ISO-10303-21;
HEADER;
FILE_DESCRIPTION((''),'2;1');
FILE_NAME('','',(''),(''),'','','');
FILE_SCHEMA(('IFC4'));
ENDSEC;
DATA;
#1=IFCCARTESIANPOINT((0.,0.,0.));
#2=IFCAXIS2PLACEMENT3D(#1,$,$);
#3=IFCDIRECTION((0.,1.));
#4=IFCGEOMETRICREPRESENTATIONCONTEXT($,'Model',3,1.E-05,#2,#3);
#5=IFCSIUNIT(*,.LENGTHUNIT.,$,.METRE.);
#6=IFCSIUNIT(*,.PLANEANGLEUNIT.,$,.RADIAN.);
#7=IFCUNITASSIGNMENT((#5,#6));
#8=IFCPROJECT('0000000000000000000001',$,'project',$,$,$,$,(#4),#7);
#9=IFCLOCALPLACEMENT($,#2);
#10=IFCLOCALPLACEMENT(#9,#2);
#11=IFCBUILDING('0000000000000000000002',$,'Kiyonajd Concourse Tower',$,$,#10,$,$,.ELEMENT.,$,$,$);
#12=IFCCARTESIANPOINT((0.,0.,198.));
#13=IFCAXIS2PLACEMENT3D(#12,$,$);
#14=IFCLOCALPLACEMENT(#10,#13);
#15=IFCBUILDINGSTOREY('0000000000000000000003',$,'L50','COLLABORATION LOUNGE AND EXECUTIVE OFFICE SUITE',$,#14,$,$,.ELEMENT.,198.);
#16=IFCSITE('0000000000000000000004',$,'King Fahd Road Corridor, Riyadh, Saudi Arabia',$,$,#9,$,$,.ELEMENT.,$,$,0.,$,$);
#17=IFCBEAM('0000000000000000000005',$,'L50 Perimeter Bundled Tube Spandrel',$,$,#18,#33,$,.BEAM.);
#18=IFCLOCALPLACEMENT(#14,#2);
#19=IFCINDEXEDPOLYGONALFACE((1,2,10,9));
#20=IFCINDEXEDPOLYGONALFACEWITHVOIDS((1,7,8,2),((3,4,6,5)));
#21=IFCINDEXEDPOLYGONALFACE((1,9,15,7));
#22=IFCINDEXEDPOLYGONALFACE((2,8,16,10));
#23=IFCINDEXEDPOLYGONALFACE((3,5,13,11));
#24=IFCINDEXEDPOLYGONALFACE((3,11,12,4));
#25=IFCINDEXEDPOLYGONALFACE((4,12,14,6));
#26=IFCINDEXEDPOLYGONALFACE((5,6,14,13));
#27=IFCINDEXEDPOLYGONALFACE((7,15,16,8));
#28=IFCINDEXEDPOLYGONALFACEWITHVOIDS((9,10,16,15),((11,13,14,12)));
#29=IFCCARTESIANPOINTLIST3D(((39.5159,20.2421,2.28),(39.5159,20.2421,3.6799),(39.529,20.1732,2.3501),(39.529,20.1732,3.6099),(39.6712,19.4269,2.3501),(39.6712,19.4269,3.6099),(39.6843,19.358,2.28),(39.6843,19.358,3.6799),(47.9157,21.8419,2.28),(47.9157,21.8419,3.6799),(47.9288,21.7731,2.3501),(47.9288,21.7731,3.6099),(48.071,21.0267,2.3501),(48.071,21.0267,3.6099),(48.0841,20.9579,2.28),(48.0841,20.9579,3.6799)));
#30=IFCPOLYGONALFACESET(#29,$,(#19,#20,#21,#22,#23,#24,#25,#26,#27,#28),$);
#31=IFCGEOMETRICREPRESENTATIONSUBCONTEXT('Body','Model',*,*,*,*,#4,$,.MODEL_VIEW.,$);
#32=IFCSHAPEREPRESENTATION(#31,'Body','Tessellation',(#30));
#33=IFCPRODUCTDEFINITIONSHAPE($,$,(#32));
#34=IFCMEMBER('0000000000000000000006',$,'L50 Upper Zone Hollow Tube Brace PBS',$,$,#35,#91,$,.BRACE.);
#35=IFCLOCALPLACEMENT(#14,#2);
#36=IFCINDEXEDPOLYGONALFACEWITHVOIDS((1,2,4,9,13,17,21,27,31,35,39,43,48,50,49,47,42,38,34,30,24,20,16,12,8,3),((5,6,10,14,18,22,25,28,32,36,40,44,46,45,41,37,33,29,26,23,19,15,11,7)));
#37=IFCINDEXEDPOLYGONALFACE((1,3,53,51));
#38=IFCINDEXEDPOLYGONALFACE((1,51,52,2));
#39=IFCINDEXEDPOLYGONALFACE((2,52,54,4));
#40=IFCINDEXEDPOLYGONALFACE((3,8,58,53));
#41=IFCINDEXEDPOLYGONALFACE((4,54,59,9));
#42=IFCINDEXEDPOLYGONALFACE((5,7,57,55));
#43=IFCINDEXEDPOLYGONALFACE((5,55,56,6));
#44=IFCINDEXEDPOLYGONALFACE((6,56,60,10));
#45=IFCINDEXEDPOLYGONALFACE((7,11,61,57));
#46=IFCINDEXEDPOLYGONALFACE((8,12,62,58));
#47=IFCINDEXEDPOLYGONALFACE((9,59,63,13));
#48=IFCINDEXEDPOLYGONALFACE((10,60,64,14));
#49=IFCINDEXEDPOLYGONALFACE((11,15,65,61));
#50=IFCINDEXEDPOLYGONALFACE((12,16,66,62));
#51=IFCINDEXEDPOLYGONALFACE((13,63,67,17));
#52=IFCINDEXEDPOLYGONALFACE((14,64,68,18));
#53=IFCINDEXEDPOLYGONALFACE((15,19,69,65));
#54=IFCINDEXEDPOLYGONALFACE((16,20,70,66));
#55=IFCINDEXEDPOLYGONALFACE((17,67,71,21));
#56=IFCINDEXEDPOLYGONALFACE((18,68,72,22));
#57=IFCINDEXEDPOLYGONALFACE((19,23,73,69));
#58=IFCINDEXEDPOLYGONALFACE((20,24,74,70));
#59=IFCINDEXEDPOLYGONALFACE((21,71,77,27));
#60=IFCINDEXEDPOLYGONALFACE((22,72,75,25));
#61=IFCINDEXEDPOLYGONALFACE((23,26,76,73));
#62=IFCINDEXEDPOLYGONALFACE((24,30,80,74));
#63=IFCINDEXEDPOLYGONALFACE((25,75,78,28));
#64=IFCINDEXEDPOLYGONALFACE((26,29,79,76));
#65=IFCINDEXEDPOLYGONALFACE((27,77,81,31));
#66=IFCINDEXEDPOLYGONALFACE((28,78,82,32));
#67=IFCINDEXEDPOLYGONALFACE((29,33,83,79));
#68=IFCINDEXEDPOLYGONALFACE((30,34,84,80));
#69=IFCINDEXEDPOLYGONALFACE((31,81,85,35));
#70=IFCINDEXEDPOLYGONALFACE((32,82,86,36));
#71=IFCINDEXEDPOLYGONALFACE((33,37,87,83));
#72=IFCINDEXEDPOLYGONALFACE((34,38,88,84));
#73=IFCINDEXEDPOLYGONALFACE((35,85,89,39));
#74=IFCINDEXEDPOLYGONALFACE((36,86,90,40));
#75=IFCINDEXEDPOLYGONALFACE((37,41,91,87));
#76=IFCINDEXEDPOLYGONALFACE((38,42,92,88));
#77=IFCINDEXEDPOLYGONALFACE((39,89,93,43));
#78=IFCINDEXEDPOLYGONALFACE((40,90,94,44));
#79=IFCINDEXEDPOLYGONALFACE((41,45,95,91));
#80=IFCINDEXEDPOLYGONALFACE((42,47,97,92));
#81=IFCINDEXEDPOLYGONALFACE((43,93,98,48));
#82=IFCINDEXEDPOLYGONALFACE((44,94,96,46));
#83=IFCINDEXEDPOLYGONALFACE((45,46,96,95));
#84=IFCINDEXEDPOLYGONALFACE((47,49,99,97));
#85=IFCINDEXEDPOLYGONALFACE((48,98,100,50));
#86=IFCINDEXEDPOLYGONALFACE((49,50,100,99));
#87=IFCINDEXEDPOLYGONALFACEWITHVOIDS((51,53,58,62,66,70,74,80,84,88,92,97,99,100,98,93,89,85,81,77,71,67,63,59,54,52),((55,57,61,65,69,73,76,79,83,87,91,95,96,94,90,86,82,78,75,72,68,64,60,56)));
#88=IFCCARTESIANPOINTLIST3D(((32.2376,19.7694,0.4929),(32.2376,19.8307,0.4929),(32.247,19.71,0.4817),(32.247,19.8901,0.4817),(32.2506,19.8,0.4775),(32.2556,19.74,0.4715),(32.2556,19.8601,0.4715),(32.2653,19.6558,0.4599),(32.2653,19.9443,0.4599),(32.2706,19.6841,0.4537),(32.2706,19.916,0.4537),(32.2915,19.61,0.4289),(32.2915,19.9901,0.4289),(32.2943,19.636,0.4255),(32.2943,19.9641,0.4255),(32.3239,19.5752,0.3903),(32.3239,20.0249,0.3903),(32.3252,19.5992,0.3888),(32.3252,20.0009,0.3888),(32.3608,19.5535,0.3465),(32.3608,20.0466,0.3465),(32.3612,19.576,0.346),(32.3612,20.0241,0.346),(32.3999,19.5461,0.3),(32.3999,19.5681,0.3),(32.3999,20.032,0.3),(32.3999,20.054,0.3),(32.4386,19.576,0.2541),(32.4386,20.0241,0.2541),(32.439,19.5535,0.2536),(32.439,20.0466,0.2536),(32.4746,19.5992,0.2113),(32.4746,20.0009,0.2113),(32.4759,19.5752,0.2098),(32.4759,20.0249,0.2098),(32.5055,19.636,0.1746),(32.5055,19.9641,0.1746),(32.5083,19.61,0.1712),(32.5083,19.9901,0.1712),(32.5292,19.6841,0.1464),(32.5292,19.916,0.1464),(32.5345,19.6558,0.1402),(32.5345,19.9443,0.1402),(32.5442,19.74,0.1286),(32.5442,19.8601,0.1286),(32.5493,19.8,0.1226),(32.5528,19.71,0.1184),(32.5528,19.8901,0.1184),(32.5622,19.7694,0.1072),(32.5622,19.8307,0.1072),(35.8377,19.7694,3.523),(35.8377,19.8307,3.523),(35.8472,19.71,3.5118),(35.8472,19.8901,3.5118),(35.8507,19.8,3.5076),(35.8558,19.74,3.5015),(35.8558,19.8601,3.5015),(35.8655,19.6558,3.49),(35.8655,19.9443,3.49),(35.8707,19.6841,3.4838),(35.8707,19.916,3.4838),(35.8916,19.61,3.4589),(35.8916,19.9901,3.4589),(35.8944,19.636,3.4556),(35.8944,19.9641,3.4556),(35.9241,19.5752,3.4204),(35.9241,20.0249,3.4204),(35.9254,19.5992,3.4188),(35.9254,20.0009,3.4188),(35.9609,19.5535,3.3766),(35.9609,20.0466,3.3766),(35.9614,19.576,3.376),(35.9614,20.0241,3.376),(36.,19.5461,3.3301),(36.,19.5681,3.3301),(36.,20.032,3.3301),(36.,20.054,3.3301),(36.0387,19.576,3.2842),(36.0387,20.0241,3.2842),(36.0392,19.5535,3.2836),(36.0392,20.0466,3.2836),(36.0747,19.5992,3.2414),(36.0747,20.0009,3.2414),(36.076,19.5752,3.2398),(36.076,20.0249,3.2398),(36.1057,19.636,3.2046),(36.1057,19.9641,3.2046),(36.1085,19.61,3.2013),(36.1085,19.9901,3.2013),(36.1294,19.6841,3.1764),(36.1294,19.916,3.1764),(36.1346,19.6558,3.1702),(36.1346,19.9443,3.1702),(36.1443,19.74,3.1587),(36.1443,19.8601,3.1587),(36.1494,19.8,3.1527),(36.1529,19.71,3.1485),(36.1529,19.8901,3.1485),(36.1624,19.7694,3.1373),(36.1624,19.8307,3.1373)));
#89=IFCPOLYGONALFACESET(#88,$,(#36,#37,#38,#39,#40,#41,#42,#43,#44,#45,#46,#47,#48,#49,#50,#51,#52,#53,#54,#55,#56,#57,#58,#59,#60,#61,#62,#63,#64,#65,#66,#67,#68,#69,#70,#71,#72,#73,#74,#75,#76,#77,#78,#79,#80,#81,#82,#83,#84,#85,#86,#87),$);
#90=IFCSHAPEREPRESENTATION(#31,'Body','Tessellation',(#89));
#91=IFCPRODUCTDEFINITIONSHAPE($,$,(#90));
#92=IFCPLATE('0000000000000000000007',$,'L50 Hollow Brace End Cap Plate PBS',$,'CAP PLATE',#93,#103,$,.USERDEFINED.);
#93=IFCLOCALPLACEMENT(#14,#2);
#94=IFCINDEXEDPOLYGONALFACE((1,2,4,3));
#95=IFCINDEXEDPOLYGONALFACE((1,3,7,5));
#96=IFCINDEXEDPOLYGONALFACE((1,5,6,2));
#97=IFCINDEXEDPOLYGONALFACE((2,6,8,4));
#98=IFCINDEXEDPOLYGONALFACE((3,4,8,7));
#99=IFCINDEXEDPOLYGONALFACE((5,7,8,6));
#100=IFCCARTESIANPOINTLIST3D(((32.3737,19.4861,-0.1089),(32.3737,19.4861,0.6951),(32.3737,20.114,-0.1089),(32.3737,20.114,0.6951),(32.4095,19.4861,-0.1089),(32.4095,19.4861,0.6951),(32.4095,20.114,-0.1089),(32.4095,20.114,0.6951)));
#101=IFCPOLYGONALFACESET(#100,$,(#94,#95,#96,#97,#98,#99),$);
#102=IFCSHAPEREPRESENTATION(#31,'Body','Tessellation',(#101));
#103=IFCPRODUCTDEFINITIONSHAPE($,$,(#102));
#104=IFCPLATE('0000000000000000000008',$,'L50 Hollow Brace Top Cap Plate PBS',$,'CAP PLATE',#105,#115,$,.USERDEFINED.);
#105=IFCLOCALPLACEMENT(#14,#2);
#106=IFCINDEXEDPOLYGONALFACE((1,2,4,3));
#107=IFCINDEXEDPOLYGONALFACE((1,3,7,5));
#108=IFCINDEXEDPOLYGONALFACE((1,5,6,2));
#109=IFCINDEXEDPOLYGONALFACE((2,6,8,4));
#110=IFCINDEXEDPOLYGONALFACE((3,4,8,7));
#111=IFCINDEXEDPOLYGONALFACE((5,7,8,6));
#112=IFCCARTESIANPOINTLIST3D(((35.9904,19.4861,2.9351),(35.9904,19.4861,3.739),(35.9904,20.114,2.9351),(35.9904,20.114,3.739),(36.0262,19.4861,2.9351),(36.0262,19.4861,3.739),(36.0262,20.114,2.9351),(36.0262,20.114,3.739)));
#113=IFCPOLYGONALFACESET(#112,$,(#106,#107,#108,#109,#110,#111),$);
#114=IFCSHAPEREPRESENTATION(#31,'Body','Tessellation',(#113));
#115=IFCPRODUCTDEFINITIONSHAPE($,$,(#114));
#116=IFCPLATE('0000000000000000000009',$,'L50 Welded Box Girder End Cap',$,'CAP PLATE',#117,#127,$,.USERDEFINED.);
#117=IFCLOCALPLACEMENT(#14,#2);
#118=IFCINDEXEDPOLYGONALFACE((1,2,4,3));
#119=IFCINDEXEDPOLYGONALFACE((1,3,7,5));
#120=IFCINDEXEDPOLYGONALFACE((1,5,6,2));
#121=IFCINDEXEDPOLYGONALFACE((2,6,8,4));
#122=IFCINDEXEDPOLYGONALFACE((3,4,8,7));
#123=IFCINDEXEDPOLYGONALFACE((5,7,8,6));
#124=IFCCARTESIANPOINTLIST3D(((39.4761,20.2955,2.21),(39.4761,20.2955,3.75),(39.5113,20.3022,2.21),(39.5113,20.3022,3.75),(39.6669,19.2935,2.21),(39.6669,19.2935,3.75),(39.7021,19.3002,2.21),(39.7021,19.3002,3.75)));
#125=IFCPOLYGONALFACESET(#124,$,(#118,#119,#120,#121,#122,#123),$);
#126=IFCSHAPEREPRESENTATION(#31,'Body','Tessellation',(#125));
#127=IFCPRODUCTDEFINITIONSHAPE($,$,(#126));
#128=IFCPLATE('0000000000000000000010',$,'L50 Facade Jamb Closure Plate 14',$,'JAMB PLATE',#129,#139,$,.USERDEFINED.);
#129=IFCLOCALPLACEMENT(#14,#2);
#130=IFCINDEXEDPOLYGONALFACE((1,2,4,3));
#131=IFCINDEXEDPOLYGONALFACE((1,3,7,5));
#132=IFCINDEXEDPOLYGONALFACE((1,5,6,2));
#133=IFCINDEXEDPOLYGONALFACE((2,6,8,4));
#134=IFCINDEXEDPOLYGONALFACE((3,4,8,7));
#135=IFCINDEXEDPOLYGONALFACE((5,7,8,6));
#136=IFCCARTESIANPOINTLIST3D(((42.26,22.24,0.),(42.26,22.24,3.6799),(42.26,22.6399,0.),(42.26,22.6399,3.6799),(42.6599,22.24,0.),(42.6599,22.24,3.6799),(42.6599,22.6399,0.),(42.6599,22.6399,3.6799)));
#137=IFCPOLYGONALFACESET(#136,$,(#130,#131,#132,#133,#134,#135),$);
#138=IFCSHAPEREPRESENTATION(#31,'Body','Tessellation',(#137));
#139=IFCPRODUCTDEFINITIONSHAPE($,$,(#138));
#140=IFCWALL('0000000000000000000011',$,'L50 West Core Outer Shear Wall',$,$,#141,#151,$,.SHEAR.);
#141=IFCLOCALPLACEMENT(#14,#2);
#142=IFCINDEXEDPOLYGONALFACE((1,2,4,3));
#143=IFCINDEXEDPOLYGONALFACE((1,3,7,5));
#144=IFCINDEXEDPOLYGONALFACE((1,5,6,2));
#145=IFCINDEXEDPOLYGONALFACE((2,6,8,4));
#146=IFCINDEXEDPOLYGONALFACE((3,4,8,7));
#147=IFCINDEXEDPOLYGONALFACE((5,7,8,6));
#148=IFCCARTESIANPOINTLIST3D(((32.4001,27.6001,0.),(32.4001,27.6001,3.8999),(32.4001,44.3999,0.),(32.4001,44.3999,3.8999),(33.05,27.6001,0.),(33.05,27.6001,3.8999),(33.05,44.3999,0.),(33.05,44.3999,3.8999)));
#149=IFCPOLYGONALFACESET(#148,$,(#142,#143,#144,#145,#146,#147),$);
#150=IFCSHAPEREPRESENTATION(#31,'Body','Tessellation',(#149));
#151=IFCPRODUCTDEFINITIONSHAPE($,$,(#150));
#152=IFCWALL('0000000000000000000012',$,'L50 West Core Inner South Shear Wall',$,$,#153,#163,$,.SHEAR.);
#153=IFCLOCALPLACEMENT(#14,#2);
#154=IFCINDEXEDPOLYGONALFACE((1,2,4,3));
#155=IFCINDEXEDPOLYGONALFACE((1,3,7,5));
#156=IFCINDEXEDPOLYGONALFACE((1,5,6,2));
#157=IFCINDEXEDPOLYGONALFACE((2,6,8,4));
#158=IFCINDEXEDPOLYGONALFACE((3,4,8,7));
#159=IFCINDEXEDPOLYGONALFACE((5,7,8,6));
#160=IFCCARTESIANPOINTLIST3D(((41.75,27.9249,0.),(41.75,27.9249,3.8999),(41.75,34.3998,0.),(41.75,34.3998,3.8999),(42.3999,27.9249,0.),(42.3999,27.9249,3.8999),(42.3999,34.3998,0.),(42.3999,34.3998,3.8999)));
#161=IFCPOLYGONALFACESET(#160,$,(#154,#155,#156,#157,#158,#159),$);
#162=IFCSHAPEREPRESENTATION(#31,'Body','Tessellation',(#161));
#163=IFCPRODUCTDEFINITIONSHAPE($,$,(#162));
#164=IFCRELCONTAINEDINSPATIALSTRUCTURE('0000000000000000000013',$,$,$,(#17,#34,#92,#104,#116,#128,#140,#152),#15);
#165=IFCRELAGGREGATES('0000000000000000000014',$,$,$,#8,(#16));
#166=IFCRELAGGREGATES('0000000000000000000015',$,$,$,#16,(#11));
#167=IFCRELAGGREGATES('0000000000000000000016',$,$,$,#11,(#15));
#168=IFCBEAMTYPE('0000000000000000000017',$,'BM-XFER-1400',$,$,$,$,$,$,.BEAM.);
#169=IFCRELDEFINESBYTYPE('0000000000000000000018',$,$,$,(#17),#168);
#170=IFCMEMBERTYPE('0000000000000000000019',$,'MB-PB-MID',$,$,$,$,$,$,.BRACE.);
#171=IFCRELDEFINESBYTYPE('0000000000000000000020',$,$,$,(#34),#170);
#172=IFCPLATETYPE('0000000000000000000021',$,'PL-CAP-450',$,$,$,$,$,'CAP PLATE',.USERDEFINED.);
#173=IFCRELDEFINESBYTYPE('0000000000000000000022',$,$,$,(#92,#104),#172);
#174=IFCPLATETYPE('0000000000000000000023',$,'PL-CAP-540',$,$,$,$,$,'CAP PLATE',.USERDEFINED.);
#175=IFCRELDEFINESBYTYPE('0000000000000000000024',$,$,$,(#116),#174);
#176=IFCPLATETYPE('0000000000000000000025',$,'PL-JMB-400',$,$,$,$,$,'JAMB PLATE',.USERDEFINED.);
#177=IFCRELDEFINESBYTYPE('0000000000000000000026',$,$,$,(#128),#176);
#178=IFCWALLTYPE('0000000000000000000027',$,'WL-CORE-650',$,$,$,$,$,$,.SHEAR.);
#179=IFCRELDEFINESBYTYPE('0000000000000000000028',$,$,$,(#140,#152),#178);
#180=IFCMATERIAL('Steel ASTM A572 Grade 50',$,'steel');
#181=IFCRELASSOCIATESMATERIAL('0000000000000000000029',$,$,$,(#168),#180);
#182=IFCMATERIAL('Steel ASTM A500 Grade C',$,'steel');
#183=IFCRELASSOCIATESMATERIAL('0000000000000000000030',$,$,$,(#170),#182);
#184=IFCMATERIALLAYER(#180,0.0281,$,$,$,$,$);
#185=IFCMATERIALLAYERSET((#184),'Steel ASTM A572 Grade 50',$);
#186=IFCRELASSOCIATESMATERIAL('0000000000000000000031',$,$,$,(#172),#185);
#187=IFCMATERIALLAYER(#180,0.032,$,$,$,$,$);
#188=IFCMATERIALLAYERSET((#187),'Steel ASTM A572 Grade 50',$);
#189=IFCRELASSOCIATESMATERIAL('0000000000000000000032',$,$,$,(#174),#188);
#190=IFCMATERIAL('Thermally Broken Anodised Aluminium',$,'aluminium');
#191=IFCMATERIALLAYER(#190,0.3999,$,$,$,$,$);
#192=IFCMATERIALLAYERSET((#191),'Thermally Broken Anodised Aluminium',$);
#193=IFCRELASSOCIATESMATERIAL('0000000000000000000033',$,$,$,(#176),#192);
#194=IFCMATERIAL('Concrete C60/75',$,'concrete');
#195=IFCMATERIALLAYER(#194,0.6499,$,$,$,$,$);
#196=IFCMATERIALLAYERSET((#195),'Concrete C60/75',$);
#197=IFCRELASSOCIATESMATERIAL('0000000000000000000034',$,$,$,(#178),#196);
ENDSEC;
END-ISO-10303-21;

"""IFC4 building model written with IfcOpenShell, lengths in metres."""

from ifc_helpers import new_model, si_unit, direction, frame, frame_2d, origin, origin_2d, place, context, subcontext, project, spatial, rectangle, hollow_rectangle, hollow_circle, extrude, material, layer, layer_set, material_profile, profile_set, type_object, element, save


model = new_model("IFC4")

# Units and contexts
model_context = context("Model", 3, precision=1e-05, world=origin(), true_north=direction((0.0, 1.0)))
body_context = subcontext(model_context, "Body", "Model", "MODEL_VIEW")
ifc_project = project(units=[si_unit("LENGTHUNIT", "METRE"), si_unit("PLANEANGLEUNIT", "RADIAN")], contexts=[model_context])

# Site, building, storey
site_placement = place(None, origin())
site = spatial("IfcSite", under=ifc_project, at=site_placement, Name="King Fahd Road Corridor, Riyadh, Saudi Arabia", CompositionType="ELEMENT", RefElevation=0.0)
building_placement = place(site_placement, origin())
building = spatial("IfcBuilding", under=site, at=building_placement, Name="Kiyonajd Concourse Tower", CompositionType="ELEMENT")
storey_placement = place(building_placement, frame((0.0, 0.0, 198.0)))
storey = spatial("IfcBuildingStorey", under=building, at=storey_placement, Name="L50", Description="COLLABORATION LOUNGE AND EXECUTIVE OFFICE SUITE", CompositionType="ELEMENT", Elevation=198.0)

# Beam
ifc_material_1 = material(Name="Concrete C60/75", Category="concrete")
ifc_material_2 = material(Name="Steel ASTM A572 Grade 50", Category="steel")
ifc_material_profile_1 = material_profile(ifc_material_2, hollow_rectangle(XDim=0.8999, YDim=1.3999, WallThickness=0.0701, at=origin_2d()), Name="BOX-1400x900x70")
ifc_profile_set_1 = profile_set([ifc_material_profile_1], Name="Steel ASTM A572 Grade 50")
beam_type_1 = type_object("IfcBeamType", Name="BM-XFER-1400", PredefinedType="BEAM", material=ifc_profile_set_1)
beam_1_placement = place(storey_placement, frame((39.6001, 19.8, 2.98), z_axis=(0.982341, 0.187098, 0.0), x_axis=(-0.187098, 0.982341, 0.0)))
element("IfcBeam", 1, at=beam_1_placement, inside=storey, type_object=beam_type_1, Name="L50 Perimeter Bundled Tube Spandrel", PredefinedType="BEAM", context=body_context, shape_type="SweptSolid", body=[
    extrude(hollow_rectangle(XDim=0.8999, YDim=1.3999, WallThickness=0.0701, at=origin_2d()), origin(), (0.0, 0.0, 1.0), 8.5508),
])

# Member
ifc_material_3 = material(Name="Steel ASTM A500 Grade C", Category="steel")
ifc_material_profile_2 = material_profile(ifc_material_3, hollow_circle(Radius=0.2539, WallThickness=0.022, at=origin_2d()), Name="CHS-508x22")
ifc_profile_set_2 = profile_set([ifc_material_profile_2], Name="Steel ASTM A500 Grade C")
member_type = type_object("IfcMemberType", Name="MB-PB-MID", PredefinedType="BRACE", material=ifc_profile_set_2)
member_placement = place(storey_placement, frame((32.3999, 19.8, 0.3), z_axis=(0.765082, 0.0, 0.643933), x_axis=(0.0, 1.0, 0.0)))
element("IfcMember", 2, at=member_placement, inside=storey, type_object=member_type, Name="L50 Upper Zone Hollow Tube Brace PBS", PredefinedType="BRACE", context=body_context, shape_type="SweptSolid", body=[
    extrude(hollow_circle(Radius=0.2539, WallThickness=0.022, at=origin_2d()), origin(), (0.0, 0.0, 1.0), 4.7056),
])

# Plates
ifc_layer_1 = layer(ifc_material_2, 0.0281)
ifc_layer_set_1 = layer_set([ifc_layer_1], Name="Steel ASTM A572 Grade 50")
plate_type_1 = type_object("IfcPlateType", Name="PL-CAP-450", ElementType="CAP PLATE", PredefinedType="USERDEFINED", material=ifc_layer_set_1)
for number, where, z_axis, x_axis, name in (
    (3, (32.3916, 19.8, -0.1089), (0.0, 0.0, 1.0), (-1.0, 0.0, 0.0), "L50 Hollow Brace End Cap Plate PBS"),
    (4, (36.0083, 19.8, 2.9351), (0.0, 0.0, 1.0), (1.0, 0.0, 0.0), "L50 Hollow Brace Top Cap Plate PBS"),
):
    element("IfcPlate", number, at=place(storey_placement, frame(where, z_axis=z_axis, x_axis=x_axis)), inside=storey, type_object=plate_type_1, Name=name, ObjectType="CAP PLATE", PredefinedType="USERDEFINED", context=body_context, shape_type="SweptSolid", body=[
        extrude(rectangle(XDim=0.0359, YDim=0.6279, at=origin_2d()), origin(), (0.0, 0.0, 1.0), 0.804),
    ])
ifc_layer_2 = layer(ifc_material_2, 0.032)
ifc_layer_set_2 = layer_set([ifc_layer_2], Name="Steel ASTM A572 Grade 50")
plate_type_2 = type_object("IfcPlateType", Name="PL-CAP-540", ElementType="CAP PLATE", PredefinedType="USERDEFINED", material=ifc_layer_set_2)
plate_1_placement = place(storey_placement, frame((39.5891, 19.7979, 2.21), z_axis=(0.0, 0.0, 1.0), x_axis=(-0.982353, -0.187038, 0.0)))
element("IfcPlate", 5, at=plate_1_placement, inside=storey, type_object=plate_type_2, Name="L50 Welded Box Girder End Cap", ObjectType="CAP PLATE", PredefinedType="USERDEFINED", context=body_context, shape_type="SweptSolid", body=[
    extrude(rectangle(XDim=0.0359, YDim=1.02, at=origin_2d()), origin(), (0.0, 0.0, 1.0), 1.54),
])
ifc_material_4 = material(Name="Thermally Broken Anodised Aluminium", Category="aluminium")
ifc_layer_3 = layer(ifc_material_4, 0.3999)
ifc_layer_set_3 = layer_set([ifc_layer_3], Name="Thermally Broken Anodised Aluminium")
plate_type_3 = type_object("IfcPlateType", Name="PL-JMB-400", ElementType="JAMB PLATE", PredefinedType="USERDEFINED", material=ifc_layer_set_3)
plate_2_placement = place(storey_placement, frame((42.46, 22.4399, 0.0), z_axis=(0.0, 0.0, 1.0), x_axis=(1.0, 0.0, 0.0)))
element("IfcPlate", 6, at=plate_2_placement, inside=storey, type_object=plate_type_3, Name="L50 Facade Jamb Closure Plate 14", ObjectType="JAMB PLATE", PredefinedType="USERDEFINED", context=body_context, shape_type="SweptSolid", body=[
    extrude(rectangle(XDim=0.3999, YDim=0.3999, at=origin_2d()), origin(), (0.0, 0.0, 1.0), 3.6799),
])

# Walls
ifc_layer_4 = layer(ifc_material_1, 0.6499)
ifc_layer_set_4 = layer_set([ifc_layer_4], Name="Concrete C60/75")
wall_type_1 = type_object("IfcWallType", Name="WL-CORE-650", PredefinedType="SHEAR", material=ifc_layer_set_4)
wall_1_placement = place(storey_placement, frame((32.7251, 27.6001, 0.0), z_axis=(0.0, 0.0, 1.0), x_axis=(0.0, 1.0, 0.0)))
element("IfcWall", 7, at=wall_1_placement, inside=storey, type_object=wall_type_1, Name="L50 West Core Outer Shear Wall", PredefinedType="SHEAR", context=body_context, shape_type="SweptSolid", body=[
    extrude(rectangle(XDim=16.7998, YDim=0.6499, at=frame_2d((8.3999, 0.0))), origin(), (0.0, 0.0, 1.0), 3.8999),
])
wall_2_placement = place(storey_placement, frame((42.075, 27.925, 0.0), z_axis=(0.0, 0.0, 1.0), x_axis=(0.0, 1.0, 0.0)))
element("IfcWall", 8, at=wall_2_placement, inside=storey, type_object=wall_type_1, Name="L50 West Core Inner South Shear Wall", PredefinedType="SHEAR", context=body_context, shape_type="SweptSolid", body=[
    extrude(rectangle(XDim=6.4749, YDim=0.6499, at=frame_2d((3.2373, 0.0))), origin(), (0.0, 0.0, 1.0), 3.8999),
])

save(model, "model.ifc")
